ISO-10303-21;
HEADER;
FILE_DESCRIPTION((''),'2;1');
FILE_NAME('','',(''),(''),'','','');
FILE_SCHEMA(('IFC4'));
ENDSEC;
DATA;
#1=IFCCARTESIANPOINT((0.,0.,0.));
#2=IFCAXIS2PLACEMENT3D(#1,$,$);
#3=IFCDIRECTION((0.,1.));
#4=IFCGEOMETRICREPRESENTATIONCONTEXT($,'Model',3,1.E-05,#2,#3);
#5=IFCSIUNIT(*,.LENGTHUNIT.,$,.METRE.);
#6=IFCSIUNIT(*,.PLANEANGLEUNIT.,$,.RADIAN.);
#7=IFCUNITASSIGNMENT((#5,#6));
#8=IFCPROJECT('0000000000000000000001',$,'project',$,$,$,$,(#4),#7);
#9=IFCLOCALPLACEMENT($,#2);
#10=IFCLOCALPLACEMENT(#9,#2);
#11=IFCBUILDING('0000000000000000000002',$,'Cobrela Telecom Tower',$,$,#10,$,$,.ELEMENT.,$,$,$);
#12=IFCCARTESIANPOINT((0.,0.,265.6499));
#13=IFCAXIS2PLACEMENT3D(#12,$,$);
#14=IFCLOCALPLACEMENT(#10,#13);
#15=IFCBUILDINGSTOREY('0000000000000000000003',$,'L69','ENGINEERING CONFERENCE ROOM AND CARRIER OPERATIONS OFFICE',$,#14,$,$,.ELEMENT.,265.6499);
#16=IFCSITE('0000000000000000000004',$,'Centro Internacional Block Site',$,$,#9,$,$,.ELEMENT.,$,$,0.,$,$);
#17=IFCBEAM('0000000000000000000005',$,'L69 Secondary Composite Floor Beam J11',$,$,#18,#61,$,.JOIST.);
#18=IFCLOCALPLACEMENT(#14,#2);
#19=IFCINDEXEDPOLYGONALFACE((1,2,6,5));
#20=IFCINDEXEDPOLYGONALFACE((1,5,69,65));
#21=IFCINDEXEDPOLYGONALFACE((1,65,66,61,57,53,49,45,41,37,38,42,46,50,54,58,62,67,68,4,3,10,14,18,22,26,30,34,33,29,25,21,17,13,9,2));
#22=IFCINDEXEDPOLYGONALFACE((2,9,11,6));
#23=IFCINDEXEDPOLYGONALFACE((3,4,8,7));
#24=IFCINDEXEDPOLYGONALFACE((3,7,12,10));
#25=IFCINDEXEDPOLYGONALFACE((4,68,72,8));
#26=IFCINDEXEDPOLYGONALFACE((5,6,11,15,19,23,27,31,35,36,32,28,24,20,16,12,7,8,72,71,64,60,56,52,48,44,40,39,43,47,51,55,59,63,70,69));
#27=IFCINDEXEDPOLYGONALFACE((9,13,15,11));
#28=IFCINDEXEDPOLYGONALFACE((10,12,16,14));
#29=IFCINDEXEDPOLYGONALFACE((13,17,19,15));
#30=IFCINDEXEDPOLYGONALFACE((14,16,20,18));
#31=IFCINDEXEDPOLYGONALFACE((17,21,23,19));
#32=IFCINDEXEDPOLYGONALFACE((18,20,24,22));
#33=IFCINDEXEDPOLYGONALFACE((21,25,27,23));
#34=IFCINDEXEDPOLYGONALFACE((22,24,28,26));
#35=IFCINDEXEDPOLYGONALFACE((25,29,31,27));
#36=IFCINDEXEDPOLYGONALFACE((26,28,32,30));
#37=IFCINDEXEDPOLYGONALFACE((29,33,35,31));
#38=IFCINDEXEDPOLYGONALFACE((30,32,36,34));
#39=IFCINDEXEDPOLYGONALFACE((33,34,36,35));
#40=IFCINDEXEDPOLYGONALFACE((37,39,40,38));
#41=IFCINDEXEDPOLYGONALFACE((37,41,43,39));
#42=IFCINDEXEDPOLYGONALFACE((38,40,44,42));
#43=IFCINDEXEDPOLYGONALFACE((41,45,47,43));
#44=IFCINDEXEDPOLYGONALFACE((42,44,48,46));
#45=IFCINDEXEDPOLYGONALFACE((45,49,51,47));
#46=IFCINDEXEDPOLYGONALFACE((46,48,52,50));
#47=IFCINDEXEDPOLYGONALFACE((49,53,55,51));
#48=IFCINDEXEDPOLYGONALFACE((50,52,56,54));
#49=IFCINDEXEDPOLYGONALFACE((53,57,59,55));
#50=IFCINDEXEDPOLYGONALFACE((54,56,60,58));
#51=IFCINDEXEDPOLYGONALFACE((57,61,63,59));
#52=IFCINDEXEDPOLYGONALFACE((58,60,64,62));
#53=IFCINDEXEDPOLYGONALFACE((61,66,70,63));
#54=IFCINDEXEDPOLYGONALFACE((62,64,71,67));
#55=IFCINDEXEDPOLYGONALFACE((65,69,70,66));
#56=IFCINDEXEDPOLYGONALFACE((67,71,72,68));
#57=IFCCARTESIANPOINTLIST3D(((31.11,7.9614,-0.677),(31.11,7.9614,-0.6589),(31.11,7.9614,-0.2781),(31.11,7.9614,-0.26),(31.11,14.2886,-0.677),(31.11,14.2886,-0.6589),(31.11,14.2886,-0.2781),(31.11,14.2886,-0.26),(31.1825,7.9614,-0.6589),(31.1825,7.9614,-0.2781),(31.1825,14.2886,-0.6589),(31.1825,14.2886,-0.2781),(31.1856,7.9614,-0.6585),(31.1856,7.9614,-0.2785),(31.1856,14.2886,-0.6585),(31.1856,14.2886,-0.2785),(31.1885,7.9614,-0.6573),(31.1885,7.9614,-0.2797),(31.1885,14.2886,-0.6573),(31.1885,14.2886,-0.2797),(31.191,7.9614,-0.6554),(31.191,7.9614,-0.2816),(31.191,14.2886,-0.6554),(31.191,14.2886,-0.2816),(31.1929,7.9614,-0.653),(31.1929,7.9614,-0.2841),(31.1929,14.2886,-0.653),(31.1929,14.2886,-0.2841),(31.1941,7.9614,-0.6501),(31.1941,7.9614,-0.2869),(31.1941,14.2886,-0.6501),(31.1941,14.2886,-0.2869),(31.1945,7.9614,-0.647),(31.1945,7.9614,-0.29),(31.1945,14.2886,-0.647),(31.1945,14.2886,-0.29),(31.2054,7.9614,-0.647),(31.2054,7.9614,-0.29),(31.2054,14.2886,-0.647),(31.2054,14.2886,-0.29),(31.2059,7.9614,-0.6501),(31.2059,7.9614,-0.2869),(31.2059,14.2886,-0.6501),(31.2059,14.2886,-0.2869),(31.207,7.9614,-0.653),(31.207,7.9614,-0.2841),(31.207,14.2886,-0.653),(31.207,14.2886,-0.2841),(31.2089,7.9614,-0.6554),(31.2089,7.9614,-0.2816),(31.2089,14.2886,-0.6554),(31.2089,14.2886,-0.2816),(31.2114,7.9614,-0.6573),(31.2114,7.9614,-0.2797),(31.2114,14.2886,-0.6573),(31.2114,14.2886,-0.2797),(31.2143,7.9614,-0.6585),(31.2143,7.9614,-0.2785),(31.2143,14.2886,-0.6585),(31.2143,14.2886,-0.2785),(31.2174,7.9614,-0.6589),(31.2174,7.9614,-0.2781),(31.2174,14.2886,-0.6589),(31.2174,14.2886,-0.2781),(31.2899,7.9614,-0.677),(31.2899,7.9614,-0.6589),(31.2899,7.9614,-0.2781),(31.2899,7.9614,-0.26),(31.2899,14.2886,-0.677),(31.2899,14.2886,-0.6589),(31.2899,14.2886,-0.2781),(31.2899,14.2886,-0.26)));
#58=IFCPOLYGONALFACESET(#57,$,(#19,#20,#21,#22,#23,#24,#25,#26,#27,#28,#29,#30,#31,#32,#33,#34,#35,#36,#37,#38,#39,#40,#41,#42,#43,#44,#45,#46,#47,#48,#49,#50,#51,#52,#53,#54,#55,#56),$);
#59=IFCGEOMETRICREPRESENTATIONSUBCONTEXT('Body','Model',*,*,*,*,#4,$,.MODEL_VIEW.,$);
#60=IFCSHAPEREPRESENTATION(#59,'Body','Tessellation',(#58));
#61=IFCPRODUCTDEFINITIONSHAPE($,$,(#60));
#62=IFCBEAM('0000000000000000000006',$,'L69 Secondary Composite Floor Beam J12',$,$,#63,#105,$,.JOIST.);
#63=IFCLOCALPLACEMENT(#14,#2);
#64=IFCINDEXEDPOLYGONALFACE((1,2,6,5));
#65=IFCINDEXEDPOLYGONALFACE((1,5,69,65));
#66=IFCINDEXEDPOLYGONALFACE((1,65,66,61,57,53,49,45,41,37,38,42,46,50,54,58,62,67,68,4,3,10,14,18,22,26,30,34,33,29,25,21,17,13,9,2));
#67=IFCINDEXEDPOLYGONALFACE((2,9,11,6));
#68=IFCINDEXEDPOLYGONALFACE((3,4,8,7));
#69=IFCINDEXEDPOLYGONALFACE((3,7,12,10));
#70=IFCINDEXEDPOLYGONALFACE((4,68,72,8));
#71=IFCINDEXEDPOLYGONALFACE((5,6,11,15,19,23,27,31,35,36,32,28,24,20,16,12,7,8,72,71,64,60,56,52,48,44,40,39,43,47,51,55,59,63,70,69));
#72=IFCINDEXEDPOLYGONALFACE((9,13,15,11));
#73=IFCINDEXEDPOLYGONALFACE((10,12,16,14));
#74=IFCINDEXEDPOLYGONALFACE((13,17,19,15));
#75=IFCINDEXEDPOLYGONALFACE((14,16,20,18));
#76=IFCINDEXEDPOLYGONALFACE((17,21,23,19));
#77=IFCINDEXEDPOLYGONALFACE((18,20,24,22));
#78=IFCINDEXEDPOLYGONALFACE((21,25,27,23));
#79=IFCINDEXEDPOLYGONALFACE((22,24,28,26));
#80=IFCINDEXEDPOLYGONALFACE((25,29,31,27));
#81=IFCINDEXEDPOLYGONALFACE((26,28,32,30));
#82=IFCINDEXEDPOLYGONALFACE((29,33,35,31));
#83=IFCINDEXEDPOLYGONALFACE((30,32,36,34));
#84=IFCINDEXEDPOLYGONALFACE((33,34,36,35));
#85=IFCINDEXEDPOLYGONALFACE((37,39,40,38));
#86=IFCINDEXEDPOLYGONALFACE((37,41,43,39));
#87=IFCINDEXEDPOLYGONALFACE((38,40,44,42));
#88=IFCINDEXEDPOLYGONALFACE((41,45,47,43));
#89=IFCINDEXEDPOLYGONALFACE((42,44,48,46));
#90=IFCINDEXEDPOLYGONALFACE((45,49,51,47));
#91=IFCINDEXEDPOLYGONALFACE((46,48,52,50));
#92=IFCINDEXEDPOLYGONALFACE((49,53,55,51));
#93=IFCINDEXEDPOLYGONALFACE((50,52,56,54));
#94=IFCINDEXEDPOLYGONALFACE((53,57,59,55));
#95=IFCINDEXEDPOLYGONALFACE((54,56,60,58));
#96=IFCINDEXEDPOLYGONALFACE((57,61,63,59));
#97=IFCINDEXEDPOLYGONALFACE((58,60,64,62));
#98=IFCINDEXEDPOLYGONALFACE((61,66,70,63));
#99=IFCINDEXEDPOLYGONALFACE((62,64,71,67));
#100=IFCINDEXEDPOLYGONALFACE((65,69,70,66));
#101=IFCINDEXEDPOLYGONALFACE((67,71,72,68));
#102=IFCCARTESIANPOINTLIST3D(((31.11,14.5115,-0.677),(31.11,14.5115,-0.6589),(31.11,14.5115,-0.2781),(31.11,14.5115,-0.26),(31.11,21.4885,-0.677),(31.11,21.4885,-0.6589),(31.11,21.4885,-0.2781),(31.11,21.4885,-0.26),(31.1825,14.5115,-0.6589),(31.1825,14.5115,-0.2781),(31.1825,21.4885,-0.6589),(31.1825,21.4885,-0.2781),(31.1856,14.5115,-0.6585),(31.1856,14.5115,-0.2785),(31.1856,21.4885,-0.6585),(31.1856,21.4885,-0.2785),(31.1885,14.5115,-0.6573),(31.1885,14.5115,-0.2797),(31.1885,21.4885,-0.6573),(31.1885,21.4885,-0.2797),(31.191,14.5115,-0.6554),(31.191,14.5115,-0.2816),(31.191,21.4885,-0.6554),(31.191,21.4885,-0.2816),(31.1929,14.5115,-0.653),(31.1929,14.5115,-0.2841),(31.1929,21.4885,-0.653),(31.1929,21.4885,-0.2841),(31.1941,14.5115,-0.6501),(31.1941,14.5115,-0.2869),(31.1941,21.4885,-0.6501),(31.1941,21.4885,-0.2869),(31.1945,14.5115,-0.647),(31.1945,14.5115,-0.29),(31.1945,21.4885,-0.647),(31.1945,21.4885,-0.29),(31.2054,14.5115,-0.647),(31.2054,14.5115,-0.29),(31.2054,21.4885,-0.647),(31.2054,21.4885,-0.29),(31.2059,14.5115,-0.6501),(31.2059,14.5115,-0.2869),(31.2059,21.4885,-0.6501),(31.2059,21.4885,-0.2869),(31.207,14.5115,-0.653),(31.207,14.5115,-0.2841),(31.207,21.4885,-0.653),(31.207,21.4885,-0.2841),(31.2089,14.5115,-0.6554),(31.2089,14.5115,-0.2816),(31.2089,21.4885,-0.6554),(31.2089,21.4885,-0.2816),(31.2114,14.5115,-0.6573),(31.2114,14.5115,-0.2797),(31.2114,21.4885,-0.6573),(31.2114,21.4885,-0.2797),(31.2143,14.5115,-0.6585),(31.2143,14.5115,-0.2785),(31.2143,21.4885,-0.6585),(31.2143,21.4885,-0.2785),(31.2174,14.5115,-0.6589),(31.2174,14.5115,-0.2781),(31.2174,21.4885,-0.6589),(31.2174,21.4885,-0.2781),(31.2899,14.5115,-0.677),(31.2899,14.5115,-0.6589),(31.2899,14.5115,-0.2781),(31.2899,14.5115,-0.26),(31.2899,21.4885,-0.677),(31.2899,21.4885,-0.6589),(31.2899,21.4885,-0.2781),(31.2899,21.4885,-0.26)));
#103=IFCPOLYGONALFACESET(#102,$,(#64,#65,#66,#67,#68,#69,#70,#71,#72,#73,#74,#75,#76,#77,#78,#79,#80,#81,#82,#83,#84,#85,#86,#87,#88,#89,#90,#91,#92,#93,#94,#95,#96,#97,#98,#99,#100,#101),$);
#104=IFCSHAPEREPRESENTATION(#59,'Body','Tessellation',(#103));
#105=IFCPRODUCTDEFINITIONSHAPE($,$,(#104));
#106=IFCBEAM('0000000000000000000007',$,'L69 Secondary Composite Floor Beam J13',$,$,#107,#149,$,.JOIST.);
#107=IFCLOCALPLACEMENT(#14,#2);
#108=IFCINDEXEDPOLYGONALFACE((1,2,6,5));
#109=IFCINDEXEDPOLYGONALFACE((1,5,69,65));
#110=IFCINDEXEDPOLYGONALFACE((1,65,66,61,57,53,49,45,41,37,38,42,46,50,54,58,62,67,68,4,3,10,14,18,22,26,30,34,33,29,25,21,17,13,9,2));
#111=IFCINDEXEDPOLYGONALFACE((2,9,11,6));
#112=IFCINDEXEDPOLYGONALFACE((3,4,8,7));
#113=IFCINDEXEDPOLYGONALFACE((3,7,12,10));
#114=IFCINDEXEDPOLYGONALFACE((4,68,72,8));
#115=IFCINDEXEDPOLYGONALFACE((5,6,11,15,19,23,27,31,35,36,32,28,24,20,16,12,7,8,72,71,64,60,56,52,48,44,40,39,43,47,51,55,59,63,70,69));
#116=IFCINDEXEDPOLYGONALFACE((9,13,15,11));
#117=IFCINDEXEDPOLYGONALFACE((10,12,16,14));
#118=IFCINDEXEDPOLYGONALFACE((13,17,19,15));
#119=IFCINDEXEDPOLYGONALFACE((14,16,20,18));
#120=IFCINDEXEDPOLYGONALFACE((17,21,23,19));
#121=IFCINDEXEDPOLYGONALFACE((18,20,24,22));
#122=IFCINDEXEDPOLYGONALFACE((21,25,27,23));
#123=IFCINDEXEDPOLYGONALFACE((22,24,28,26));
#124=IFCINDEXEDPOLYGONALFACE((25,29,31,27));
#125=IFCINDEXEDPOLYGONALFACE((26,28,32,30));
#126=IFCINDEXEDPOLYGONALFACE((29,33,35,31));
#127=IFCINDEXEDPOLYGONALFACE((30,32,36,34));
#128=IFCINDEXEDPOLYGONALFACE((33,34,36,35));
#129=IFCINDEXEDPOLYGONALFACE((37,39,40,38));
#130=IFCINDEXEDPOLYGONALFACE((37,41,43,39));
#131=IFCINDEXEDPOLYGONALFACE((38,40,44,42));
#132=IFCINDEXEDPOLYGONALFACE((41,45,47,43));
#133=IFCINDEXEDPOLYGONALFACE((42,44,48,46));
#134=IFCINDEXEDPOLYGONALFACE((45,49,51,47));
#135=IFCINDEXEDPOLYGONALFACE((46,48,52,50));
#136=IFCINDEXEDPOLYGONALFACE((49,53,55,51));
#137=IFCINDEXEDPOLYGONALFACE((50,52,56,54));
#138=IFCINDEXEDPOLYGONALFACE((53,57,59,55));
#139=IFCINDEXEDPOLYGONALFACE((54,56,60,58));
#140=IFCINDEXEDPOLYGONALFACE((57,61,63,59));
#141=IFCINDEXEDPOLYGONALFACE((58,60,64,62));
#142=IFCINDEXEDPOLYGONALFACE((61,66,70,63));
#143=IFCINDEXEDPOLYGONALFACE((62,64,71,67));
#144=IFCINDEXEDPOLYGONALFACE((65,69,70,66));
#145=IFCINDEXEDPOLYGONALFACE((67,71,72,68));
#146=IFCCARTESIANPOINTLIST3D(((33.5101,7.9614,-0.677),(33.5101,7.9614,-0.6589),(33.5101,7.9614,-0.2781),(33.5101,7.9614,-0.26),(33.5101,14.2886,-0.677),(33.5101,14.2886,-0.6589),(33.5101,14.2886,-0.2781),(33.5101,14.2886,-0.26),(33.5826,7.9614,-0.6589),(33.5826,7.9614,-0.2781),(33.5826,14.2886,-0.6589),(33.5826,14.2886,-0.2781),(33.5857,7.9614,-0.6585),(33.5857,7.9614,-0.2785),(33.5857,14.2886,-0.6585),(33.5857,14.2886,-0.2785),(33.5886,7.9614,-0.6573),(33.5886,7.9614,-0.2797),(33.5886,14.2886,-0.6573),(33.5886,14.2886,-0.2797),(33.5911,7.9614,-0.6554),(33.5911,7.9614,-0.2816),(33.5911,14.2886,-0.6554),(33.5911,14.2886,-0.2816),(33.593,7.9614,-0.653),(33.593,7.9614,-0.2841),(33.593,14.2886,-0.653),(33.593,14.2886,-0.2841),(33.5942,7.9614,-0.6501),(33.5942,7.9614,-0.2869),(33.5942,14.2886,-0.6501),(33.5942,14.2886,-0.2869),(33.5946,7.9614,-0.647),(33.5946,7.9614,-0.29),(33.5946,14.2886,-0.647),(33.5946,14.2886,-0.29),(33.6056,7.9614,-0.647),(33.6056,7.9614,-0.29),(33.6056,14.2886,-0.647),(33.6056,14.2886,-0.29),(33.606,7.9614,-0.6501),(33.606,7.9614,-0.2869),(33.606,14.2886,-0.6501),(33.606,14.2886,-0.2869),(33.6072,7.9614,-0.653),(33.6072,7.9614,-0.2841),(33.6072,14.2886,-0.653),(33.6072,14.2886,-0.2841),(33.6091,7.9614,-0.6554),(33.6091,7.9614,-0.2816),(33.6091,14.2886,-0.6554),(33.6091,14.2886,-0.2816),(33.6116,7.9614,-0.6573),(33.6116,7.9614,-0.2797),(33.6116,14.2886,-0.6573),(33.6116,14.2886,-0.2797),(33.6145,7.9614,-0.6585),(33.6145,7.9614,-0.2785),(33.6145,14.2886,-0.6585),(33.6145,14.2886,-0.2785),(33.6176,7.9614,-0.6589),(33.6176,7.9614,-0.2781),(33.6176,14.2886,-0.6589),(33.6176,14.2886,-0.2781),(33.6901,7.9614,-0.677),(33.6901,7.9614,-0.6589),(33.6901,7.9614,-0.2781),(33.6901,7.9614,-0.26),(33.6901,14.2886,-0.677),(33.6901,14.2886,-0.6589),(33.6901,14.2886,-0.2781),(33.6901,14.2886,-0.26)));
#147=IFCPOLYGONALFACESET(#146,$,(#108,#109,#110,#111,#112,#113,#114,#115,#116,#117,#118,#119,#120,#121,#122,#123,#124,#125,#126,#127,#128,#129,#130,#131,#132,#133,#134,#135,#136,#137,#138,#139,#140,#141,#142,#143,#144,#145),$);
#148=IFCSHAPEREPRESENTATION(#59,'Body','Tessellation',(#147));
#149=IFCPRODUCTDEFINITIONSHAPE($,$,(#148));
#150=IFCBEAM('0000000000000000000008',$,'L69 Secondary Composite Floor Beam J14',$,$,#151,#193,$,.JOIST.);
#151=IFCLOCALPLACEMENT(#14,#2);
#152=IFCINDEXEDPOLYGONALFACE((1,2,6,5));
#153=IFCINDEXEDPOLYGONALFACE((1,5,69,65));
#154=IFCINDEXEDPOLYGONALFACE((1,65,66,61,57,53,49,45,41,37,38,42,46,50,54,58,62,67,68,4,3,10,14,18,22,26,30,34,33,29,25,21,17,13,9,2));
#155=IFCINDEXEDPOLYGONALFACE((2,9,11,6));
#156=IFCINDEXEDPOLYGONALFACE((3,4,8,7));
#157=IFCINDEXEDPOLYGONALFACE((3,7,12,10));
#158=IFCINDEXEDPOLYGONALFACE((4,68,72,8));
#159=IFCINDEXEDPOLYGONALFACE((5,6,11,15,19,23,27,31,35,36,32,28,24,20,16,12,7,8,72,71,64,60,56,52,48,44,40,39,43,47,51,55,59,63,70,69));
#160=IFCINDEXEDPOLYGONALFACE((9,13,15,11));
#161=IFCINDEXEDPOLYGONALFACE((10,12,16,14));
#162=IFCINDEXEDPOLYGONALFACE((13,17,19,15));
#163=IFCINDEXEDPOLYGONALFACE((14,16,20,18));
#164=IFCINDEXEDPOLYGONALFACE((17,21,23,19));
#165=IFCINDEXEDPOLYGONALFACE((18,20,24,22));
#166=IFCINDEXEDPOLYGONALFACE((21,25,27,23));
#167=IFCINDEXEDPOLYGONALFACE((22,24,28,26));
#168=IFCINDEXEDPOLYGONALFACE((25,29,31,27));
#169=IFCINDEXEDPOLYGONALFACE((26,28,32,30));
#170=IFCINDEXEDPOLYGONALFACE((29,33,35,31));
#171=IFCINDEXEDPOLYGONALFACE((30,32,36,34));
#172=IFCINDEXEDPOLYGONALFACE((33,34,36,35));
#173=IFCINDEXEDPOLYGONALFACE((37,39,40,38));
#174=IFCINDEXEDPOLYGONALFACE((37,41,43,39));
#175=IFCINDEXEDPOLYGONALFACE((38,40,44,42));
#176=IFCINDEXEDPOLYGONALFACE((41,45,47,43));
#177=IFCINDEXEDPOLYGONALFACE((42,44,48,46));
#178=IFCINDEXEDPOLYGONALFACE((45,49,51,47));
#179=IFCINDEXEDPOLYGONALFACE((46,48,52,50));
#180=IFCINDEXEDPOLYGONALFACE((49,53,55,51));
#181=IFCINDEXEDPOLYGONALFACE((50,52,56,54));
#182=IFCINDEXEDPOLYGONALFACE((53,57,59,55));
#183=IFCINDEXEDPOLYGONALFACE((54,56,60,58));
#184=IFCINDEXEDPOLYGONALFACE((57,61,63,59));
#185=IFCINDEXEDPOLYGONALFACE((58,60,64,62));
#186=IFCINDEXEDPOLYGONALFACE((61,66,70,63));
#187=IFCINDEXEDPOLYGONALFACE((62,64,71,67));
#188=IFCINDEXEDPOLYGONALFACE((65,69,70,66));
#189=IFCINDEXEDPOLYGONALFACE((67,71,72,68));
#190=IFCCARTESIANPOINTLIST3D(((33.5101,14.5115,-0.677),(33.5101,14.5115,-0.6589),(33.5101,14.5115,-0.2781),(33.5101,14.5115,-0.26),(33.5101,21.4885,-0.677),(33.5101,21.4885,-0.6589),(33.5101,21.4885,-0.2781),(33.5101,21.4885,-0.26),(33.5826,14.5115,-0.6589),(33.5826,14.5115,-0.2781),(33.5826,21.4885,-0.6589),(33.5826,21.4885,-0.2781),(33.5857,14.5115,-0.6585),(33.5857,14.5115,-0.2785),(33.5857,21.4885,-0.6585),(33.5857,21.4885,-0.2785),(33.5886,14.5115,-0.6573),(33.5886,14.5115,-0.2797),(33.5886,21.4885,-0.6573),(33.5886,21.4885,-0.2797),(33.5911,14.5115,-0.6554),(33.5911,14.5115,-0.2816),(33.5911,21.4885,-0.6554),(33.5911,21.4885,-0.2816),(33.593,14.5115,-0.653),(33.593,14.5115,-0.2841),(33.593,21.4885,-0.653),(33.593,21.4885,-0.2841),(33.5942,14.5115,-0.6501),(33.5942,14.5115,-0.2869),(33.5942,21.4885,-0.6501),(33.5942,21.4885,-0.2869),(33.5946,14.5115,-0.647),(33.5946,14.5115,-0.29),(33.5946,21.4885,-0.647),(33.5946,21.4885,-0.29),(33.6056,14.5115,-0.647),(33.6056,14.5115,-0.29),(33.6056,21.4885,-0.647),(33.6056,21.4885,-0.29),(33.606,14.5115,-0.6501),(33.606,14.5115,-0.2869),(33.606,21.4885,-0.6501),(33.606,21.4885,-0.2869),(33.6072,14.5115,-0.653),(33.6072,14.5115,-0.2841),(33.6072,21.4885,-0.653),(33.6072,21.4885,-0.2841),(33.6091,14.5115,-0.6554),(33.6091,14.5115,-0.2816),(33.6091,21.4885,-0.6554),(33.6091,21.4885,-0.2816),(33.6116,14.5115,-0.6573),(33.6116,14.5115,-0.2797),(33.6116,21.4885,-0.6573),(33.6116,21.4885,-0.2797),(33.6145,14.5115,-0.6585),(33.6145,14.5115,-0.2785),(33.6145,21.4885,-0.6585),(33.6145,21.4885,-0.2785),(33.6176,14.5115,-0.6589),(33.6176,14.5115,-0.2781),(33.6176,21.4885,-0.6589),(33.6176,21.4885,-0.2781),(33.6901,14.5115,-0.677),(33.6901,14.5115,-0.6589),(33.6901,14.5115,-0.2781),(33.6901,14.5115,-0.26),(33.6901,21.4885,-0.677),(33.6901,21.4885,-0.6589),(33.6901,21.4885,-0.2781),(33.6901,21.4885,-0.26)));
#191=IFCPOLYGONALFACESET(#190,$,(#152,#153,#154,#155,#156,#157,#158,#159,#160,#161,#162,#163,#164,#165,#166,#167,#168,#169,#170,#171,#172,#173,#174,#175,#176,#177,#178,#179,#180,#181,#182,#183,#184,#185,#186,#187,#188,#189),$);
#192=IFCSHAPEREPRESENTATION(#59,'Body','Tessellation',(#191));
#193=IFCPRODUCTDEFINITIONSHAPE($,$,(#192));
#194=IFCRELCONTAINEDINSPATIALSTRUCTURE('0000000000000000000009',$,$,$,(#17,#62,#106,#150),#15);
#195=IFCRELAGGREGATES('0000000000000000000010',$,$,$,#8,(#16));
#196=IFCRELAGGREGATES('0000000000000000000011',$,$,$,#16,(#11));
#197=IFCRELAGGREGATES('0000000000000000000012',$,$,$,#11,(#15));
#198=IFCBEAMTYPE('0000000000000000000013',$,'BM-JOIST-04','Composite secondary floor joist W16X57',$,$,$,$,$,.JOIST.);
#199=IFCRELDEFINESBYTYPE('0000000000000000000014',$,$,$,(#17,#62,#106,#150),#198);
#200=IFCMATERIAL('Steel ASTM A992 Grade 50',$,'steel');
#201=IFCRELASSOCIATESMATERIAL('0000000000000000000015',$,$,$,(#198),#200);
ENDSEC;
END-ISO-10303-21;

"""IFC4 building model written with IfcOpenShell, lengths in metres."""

from ifc_helpers import new_model, si_unit, direction, frame, origin, origin_2d, place, context, subcontext, project, spatial, i_section, extrude, material, material_profile, profile_set, type_object, element, save


model = new_model("IFC4")

# Units and contexts
model_context = context("Model", 3, precision=1e-05, world=origin(), true_north=direction((0.0, 1.0)))
body_context = subcontext(model_context, "Body", "Model", "MODEL_VIEW")
ifc_project = project(units=[si_unit("LENGTHUNIT", "METRE"), si_unit("PLANEANGLEUNIT", "RADIAN")], contexts=[model_context])

# Site, building, storey
site_placement = place(None, origin())
site = spatial("IfcSite", under=ifc_project, at=site_placement, Name="Centro Internacional Block Site", CompositionType="ELEMENT", RefElevation=0.0)
building_placement = place(site_placement, origin())
building = spatial("IfcBuilding", under=site, at=building_placement, Name="Cobrela Telecom Tower", CompositionType="ELEMENT")
storey_placement = place(building_placement, frame((0.0, 0.0, 265.6499)))
storey = spatial("IfcBuildingStorey", under=building, at=storey_placement, Name="L69", Description="ENGINEERING CONFERENCE ROOM AND CARRIER OPERATIONS OFFICE", CompositionType="ELEMENT", Elevation=265.6499)

# Shared definitions
ifc_material_1 = material(Name="Steel ASTM A992 Grade 50", Category="steel")

# Beams
ifc_material_profile_1 = material_profile(ifc_material_1, i_section(OverallWidth=0.1799, OverallDepth=0.417, WebThickness=0.011, FlangeThickness=0.0181, FilletRadius=0.012, at=origin_2d()), Name="W16X57")
ifc_profile_set_1 = profile_set([ifc_material_profile_1], Name="Steel ASTM A992 Grade 50")
beam_type_1 = type_object("IfcBeamType", Name="BM-JOIST-04", Description="Composite secondary floor joist W16X57", PredefinedType="JOIST", material=ifc_profile_set_1)
beam_1_placement = place(storey_placement, frame((31.2, 7.9614, -0.4685), z_axis=(0.0, 1.0, 0.0), x_axis=(-1.0, 0.0, 0.0)))
element("IfcBeam", 1, at=beam_1_placement, inside=storey, type_object=beam_type_1, Name="L69 Secondary Composite Floor Beam J11", PredefinedType="JOIST", context=body_context, shape_type="SweptSolid", body=[
    extrude(i_section(OverallWidth=0.1799, OverallDepth=0.417, WebThickness=0.011, FlangeThickness=0.0181, FilletRadius=0.012, at=origin_2d()), origin(), (0.0, 0.0, 1.0), 6.3271),
])
beam_2_placement = place(storey_placement, frame((31.2, 14.5115, -0.4685), z_axis=(0.0, 1.0, 0.0), x_axis=(-1.0, 0.0, 0.0)))
element("IfcBeam", 2, at=beam_2_placement, inside=storey, type_object=beam_type_1, Name="L69 Secondary Composite Floor Beam J12", PredefinedType="JOIST", context=body_context, shape_type="SweptSolid", body=[
    extrude(i_section(OverallWidth=0.1799, OverallDepth=0.417, WebThickness=0.011, FlangeThickness=0.0181, FilletRadius=0.012, at=origin_2d()), origin(), (0.0, 0.0, 1.0), 6.9771),
])
beam_3_placement = place(storey_placement, frame((33.6001, 7.9614, -0.4685), z_axis=(0.0, 1.0, 0.0), x_axis=(-1.0, 0.0, 0.0)))
element("IfcBeam", 3, at=beam_3_placement, inside=storey, type_object=beam_type_1, Name="L69 Secondary Composite Floor Beam J13", PredefinedType="JOIST", context=body_context, shape_type="SweptSolid", body=[
    extrude(i_section(OverallWidth=0.1799, OverallDepth=0.417, WebThickness=0.011, FlangeThickness=0.0181, FilletRadius=0.012, at=origin_2d()), origin(), (0.0, 0.0, 1.0), 6.3271),
])
for number, where, z_axis, x_axis, name in (
    (4, (33.6001, 14.5115, -0.4685), (0.0, 1.0, 0.0), (-1.0, 0.0, 0.0), "L69 Secondary Composite Floor Beam J14"),
):
    element("IfcBeam", number, at=place(storey_placement, frame(where, z_axis=z_axis, x_axis=x_axis)), inside=storey, type_object=beam_type_1, Name=name, PredefinedType="JOIST", context=body_context, shape_type="SweptSolid", body=[
        extrude(i_section(OverallWidth=0.1799, OverallDepth=0.417, WebThickness=0.011, FlangeThickness=0.0181, FilletRadius=0.012, at=origin_2d()), origin(), (0.0, 0.0, 1.0), 6.9771),
    ])

save(model, "model.ifc")
